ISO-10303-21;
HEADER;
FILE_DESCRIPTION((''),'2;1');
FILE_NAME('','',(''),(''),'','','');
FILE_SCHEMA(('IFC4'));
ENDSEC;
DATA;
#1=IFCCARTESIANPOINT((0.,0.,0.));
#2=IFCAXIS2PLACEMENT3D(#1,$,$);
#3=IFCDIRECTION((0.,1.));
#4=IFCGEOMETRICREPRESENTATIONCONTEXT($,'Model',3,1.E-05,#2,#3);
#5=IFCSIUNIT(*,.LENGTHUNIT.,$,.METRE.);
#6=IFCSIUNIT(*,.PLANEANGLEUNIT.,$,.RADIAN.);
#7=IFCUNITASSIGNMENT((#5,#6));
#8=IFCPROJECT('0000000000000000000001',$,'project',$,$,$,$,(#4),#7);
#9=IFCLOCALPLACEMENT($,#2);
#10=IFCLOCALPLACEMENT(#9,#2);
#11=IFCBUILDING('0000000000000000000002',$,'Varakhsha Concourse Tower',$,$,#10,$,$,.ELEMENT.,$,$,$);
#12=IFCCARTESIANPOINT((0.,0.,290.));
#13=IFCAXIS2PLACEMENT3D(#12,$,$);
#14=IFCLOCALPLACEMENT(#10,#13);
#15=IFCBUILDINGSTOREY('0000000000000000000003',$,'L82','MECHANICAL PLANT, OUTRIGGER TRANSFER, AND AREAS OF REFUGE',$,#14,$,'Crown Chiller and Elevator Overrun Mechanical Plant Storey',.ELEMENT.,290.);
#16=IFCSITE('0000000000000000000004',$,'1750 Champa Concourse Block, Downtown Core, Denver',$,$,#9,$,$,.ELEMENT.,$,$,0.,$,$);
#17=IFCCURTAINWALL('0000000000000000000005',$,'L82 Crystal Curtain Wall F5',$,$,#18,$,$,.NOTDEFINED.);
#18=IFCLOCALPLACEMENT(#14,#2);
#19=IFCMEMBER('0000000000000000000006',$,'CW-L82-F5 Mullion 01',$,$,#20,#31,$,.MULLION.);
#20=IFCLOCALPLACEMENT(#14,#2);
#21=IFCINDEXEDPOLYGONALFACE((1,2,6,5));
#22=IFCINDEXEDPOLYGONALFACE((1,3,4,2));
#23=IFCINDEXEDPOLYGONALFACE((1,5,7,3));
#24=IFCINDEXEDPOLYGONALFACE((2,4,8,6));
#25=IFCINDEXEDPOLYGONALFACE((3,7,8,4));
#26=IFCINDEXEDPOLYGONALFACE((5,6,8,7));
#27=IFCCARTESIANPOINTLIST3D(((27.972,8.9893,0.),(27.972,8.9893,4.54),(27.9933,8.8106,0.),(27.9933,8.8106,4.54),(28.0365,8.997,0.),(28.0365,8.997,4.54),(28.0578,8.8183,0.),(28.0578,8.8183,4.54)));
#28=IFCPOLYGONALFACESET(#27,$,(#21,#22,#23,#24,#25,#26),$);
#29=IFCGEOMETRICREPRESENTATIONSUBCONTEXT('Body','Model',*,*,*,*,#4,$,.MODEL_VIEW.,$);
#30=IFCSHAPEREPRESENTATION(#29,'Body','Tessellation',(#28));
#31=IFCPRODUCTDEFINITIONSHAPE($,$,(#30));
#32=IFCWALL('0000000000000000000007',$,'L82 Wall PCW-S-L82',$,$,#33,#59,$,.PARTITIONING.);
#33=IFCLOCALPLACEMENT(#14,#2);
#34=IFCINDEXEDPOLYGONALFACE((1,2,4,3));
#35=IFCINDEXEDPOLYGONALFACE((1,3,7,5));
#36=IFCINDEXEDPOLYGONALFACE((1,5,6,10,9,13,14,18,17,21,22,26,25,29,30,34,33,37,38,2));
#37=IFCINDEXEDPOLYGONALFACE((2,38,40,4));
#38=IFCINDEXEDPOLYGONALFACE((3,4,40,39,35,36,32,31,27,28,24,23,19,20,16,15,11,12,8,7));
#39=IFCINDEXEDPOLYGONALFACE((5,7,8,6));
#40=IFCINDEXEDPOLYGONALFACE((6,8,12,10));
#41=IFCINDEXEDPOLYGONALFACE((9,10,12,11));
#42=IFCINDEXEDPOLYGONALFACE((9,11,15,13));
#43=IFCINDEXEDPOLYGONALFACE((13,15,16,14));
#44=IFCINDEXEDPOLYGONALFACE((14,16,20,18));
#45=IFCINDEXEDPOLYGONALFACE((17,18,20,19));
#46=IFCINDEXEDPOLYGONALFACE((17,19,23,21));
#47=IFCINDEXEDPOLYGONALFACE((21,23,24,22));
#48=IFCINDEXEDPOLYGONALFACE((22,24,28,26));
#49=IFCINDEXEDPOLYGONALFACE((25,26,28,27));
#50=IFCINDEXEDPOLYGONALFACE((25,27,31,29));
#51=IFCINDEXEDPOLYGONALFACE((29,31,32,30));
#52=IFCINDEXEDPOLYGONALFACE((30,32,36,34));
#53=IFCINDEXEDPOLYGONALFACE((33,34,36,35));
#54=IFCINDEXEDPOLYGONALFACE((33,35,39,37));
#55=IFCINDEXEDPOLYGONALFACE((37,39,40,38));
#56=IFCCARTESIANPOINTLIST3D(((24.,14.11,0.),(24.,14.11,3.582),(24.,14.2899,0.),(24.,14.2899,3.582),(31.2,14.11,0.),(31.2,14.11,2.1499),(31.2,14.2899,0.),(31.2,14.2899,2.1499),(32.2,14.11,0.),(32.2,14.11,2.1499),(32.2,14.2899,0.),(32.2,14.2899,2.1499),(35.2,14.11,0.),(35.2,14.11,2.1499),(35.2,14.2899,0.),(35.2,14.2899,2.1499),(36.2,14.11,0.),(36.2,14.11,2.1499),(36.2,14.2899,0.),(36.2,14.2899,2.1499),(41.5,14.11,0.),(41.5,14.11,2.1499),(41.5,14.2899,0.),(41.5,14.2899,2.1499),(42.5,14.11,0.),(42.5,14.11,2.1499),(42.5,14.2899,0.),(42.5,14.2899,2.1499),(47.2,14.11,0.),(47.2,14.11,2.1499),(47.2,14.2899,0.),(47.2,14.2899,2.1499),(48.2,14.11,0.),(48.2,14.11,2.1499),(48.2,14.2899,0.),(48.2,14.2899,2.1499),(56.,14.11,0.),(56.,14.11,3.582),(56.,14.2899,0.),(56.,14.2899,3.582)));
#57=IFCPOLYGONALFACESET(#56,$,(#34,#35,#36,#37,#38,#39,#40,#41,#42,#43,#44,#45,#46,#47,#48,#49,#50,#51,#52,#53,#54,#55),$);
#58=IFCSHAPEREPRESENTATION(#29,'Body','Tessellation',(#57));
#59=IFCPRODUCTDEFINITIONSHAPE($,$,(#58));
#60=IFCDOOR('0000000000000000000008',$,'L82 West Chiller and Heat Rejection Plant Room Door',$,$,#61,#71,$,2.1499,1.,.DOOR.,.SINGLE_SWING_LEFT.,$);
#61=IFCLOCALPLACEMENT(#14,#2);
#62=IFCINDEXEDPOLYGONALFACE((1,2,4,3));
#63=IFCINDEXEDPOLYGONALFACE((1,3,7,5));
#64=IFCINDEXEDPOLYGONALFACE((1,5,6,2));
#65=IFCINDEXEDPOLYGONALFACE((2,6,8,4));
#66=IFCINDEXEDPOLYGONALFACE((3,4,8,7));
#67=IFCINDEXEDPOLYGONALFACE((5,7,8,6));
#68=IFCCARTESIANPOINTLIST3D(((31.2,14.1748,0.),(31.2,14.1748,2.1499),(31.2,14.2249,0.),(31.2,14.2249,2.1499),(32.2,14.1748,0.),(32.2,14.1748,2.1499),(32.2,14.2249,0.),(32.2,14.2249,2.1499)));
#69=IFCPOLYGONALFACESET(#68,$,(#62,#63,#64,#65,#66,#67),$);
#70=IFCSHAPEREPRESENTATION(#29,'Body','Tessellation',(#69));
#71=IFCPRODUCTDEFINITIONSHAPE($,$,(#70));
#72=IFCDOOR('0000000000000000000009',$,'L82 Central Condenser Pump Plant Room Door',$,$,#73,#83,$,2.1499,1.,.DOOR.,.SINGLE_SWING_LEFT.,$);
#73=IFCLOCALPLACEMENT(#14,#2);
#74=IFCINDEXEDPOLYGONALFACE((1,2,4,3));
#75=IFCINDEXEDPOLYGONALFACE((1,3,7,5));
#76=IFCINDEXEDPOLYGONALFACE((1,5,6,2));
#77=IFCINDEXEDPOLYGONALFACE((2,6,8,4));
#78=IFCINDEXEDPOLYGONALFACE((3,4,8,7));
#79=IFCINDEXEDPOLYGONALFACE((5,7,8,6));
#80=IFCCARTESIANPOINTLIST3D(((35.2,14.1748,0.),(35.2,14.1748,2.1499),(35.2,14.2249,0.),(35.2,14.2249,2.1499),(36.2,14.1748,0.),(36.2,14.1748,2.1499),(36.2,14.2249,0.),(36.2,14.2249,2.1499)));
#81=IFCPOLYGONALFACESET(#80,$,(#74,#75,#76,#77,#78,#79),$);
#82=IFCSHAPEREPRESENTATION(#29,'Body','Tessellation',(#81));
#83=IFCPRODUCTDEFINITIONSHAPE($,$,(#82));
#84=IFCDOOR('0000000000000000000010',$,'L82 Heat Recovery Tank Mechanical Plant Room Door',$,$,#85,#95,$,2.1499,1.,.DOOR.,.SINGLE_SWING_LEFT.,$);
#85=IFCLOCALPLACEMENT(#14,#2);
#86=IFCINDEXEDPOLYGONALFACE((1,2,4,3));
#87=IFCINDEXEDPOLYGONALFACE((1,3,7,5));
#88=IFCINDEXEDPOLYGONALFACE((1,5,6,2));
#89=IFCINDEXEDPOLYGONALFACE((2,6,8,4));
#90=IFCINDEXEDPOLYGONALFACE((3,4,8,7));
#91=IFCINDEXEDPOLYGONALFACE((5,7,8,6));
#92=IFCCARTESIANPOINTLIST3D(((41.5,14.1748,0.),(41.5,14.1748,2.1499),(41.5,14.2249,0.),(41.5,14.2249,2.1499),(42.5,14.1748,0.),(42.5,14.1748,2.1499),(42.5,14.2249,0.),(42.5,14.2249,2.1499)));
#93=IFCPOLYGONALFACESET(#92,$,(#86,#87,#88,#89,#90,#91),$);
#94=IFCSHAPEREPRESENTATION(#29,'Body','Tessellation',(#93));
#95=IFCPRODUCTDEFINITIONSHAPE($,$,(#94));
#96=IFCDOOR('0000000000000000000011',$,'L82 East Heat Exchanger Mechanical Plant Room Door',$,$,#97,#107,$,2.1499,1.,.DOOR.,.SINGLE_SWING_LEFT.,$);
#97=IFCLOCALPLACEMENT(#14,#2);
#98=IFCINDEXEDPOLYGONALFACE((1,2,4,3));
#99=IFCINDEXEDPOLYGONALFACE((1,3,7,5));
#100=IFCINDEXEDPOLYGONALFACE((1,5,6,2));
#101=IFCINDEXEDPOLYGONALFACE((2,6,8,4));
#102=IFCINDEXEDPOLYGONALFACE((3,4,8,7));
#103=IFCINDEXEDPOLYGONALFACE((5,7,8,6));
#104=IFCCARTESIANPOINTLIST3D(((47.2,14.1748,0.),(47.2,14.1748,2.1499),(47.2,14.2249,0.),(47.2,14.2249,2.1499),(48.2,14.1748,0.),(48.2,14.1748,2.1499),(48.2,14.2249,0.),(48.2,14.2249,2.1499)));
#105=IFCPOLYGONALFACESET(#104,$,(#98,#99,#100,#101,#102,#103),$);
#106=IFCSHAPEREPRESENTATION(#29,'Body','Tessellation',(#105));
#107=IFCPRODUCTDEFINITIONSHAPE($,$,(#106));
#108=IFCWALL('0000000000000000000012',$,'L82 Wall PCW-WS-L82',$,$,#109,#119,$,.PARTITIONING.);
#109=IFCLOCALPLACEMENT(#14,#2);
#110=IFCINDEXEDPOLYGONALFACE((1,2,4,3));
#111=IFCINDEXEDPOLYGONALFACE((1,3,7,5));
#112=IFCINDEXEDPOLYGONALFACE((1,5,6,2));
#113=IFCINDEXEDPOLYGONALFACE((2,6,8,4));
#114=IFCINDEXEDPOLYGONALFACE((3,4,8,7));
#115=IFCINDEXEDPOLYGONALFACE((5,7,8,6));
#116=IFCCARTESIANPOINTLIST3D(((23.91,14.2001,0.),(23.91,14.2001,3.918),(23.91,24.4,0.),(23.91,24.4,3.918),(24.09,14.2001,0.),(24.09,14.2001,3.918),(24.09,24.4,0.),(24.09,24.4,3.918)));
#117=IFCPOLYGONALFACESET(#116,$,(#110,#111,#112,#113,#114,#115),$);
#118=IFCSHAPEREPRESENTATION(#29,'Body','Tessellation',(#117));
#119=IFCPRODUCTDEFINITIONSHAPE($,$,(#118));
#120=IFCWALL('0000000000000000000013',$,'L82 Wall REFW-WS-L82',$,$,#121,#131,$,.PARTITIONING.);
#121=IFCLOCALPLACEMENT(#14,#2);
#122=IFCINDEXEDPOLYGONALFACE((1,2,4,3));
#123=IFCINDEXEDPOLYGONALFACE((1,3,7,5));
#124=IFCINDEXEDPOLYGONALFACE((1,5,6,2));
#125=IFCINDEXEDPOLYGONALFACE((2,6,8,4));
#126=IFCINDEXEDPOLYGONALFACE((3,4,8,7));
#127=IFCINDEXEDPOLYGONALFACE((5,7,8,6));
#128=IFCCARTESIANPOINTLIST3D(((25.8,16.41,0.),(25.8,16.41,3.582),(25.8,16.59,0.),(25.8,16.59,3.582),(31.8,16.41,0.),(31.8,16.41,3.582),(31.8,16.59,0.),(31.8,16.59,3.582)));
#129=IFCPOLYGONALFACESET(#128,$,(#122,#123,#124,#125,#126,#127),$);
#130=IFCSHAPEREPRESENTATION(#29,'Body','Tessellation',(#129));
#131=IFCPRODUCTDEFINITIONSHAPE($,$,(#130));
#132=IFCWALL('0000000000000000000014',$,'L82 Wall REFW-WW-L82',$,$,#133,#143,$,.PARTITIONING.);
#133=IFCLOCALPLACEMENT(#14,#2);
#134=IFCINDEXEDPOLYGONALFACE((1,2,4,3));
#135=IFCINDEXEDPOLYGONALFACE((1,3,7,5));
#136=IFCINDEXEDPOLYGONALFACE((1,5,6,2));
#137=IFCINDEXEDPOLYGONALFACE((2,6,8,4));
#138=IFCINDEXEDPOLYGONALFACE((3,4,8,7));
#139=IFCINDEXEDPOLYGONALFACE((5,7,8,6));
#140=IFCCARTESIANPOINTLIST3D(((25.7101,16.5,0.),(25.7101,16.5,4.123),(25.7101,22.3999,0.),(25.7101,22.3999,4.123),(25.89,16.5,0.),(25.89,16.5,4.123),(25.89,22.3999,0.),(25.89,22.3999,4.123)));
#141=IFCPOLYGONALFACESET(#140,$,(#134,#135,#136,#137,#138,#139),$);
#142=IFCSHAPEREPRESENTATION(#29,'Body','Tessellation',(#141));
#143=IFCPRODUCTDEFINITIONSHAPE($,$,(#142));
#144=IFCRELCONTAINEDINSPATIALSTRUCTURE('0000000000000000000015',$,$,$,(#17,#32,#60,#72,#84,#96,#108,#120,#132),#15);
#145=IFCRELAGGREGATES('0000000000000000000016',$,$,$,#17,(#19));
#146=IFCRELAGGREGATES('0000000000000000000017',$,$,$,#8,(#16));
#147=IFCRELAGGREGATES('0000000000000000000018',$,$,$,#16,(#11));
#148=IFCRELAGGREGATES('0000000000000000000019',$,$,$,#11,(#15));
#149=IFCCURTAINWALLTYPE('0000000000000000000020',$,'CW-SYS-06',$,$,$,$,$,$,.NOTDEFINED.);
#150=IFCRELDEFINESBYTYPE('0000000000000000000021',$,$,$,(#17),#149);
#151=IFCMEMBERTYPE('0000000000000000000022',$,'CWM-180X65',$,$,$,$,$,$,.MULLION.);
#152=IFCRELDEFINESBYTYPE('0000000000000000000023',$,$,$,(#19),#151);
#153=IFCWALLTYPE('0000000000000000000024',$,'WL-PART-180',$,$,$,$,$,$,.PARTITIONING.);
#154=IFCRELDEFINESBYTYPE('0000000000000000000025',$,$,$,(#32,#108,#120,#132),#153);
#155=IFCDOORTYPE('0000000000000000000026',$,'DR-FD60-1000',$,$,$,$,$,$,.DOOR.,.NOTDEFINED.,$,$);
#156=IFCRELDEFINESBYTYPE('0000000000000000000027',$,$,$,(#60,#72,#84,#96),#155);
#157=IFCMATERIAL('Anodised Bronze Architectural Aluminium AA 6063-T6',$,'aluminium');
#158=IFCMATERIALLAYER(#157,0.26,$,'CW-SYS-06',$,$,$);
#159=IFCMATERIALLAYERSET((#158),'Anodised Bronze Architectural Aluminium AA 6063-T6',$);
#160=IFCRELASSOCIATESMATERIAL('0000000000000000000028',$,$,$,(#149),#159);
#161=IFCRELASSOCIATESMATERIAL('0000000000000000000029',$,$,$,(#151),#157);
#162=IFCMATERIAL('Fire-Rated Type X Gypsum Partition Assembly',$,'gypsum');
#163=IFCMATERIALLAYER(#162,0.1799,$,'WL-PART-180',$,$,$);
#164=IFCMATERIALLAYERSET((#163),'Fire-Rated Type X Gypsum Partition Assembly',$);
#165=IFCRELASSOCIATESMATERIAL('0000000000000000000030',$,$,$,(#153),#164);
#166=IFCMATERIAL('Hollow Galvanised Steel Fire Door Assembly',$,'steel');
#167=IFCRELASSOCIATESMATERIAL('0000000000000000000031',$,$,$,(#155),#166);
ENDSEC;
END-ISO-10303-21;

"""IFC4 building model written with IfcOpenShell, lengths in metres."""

from ifc_helpers import new_model, si_unit, direction, frame, frame_2d, origin, origin_2d, place, context, subcontext, project, spatial, rectangle, extrude, source, transform, mapped, material, layer, layer_set, material_profile, profile_set, type_object, type_shapes, element, fill, aggregate, save


model = new_model("IFC4")

# Units and contexts
model_context = context("Model", 3, precision=1e-05, world=origin(), true_north=direction((0.0, 1.0)))
body_context = subcontext(model_context, "Body", "Model", "MODEL_VIEW")
ifc_project = project(units=[si_unit("LENGTHUNIT", "METRE"), si_unit("PLANEANGLEUNIT", "RADIAN")], contexts=[model_context])

# Site, building, storey
site_placement = place(None, origin())
site = spatial("IfcSite", under=ifc_project, at=site_placement, Name="1750 Champa Concourse Block, Downtown Core, Denver", CompositionType="ELEMENT", RefElevation=0.0)
building_placement = place(site_placement, origin())
building = spatial("IfcBuilding", under=site, at=building_placement, Name="Varakhsha Concourse Tower", CompositionType="ELEMENT")
storey_placement = place(building_placement, frame((0.0, 0.0, 290.0)))
storey = spatial("IfcBuildingStorey", under=building, at=storey_placement, Name="L82", Description="MECHANICAL PLANT, OUTRIGGER TRANSFER, AND AREAS OF REFUGE", LongName="Crown Chiller and Elevator Overrun Mechanical Plant Storey", CompositionType="ELEMENT", Elevation=290.0)

# Curtain wall, member
ifc_material_1 = material(Name="Anodised Bronze Architectural Aluminium AA 6063-T6", Category="aluminium")
ifc_layer_1 = layer(ifc_material_1, 0.26, Name="CW-SYS-06")
ifc_layer_set_1 = layer_set([ifc_layer_1], Name="Anodised Bronze Architectural Aluminium AA 6063-T6")
curtain_wall_type = type_object("IfcCurtainWallType", Name="CW-SYS-06", PredefinedType="NOTDEFINED", material=ifc_layer_set_1)
curtain_wall_placement = place(storey_placement, origin())
curtain_wall = element("IfcCurtainWall", 1, at=curtain_wall_placement, inside=storey, type_object=curtain_wall_type, Name="L82 Crystal Curtain Wall F5", PredefinedType="NOTDEFINED")
ifc_material_profile_1 = material_profile(ifc_material_1, rectangle(XDim=0.0649, YDim=0.1799, at=origin_2d()), Name="CWM-180X65")
ifc_profile_set_1 = profile_set([ifc_material_profile_1], Name="Anodised Bronze Architectural Aluminium AA 6063-T6")
member_type = type_object("IfcMemberType", Name="CWM-180X65", PredefinedType="MULLION", material=ifc_profile_set_1)
shared_shape = source(origin(), body_context, "Body", "SweptSolid", [
    extrude(rectangle(XDim=0.0649, YDim=0.1799, at=origin_2d()), origin(), (0.0, 0.0, 1.0), 4.54),
])
type_shapes(member_type, [shared_shape])
member_placement = place(storey_placement, frame((28.0149, 8.9038, 0.0), z_axis=(0.0, 0.0, 1.0), x_axis=(-0.992952, -0.118513, 0.0)))
member = element("IfcMember", 2, at=member_placement, type_object=member_type, Name="CW-L82-F5 Mullion 01", PredefinedType="MULLION", context=body_context, shape_type="MappedRepresentation", body=[
    mapped(shared_shape, transform((0.0, 0.0, 0.0), scale=1.0)),
])
aggregate(curtain_wall, [member])

# Wall, openings, doors
ifc_material_2 = material(Name="Fire-Rated Type X Gypsum Partition Assembly", Category="gypsum")
ifc_layer_2 = layer(ifc_material_2, 0.1799, Name="WL-PART-180")
ifc_layer_set_2 = layer_set([ifc_layer_2], Name="Fire-Rated Type X Gypsum Partition Assembly")
wall_type = type_object("IfcWallType", Name="WL-PART-180", PredefinedType="PARTITIONING", material=ifc_layer_set_2)
wall_1_placement = place(storey_placement, frame((24.0, 14.2, 0.0), z_axis=(0.0, 0.0, 1.0), x_axis=(1.0, 0.0, 0.0)))
wall_1 = element("IfcWall", 3, at=wall_1_placement, inside=storey, type_object=wall_type, Name="L82 Wall PCW-S-L82", PredefinedType="PARTITIONING", context=body_context, shape_type="SweptSolid", body=[
    extrude(rectangle(XDim=32.0, YDim=0.1799, at=frame_2d((16.0, 0.0))), origin(), (0.0, 0.0, 1.0), 3.582),
])
opening_1_placement = place(wall_1_placement, frame((7.2, 0.0, 0.0)))
opening_1 = element("IfcOpeningElement", 4, at=opening_1_placement, cuts=wall_1, PredefinedType="OPENING", context=body_context, shape_type="SweptSolid", body=[
    extrude(rectangle(XDim=1.0, YDim=2.1499, at=frame_2d((0.5, 1.075))), frame((0.0, 0.0999, 0.0), z_axis=(0.0, -1.0, 0.0), x_axis=(1.0, 0.0, 0.0)), (0.0, 0.0, 1.0), 0.2),
])
opening_2_placement = place(wall_1_placement, frame((11.2, 0.0, 0.0)))
opening_2 = element("IfcOpeningElement", 5, at=opening_2_placement, cuts=wall_1, PredefinedType="OPENING", context=body_context, shape_type="SweptSolid", body=[
    extrude(rectangle(XDim=1.0, YDim=2.1499, at=frame_2d((0.5, 1.075))), frame((0.0, 0.0999, 0.0), z_axis=(0.0, -1.0, 0.0), x_axis=(1.0, 0.0, 0.0)), (0.0, 0.0, 1.0), 0.2),
])
opening_3_placement = place(wall_1_placement, frame((17.5, 0.0, 0.0)))
opening_3 = element("IfcOpeningElement", 6, at=opening_3_placement, cuts=wall_1, PredefinedType="OPENING", context=body_context, shape_type="SweptSolid", body=[
    extrude(rectangle(XDim=1.0, YDim=2.1499, at=frame_2d((0.5, 1.075))), frame((0.0, 0.0999, 0.0), z_axis=(0.0, -1.0, 0.0), x_axis=(1.0, 0.0, 0.0)), (0.0, 0.0, 1.0), 0.2),
])
opening_4_placement = place(wall_1_placement, frame((23.2, 0.0, 0.0)))
opening_4 = element("IfcOpeningElement", 7, at=opening_4_placement, cuts=wall_1, PredefinedType="OPENING", context=body_context, shape_type="SweptSolid", body=[
    extrude(rectangle(XDim=1.0, YDim=2.1499, at=frame_2d((0.5, 1.075))), frame((0.0, 0.0999, 0.0), z_axis=(0.0, -1.0, 0.0), x_axis=(1.0, 0.0, 0.0)), (0.0, 0.0, 1.0), 0.2),
])
ifc_material_3 = material(Name="Hollow Galvanised Steel Fire Door Assembly", Category="steel")
door_type = type_object("IfcDoorType", Name="DR-FD60-1000", OperationType="NOTDEFINED", PredefinedType="DOOR", material=ifc_material_3)
door_1_placement = place(opening_1_placement, origin())
door_1 = element("IfcDoor", 8, at=door_1_placement, inside=storey, type_object=door_type, Name="L82 West Chiller and Heat Rejection Plant Room Door", OperationType="SINGLE_SWING_LEFT", OverallHeight=2.1499, OverallWidth=1.0, PredefinedType="DOOR", context=body_context, shape_type="SweptSolid", body=[
    extrude(rectangle(XDim=1.0, YDim=2.1499, at=frame_2d((0.5, 1.075))), frame((0.0, 0.0249, 0.0), z_axis=(0.0, -1.0, 0.0), x_axis=(1.0, 0.0, 0.0)), (0.0, 0.0, 1.0), 0.05),
])
fill(opening_1, door_1)
door_2_placement = place(opening_2_placement, origin())
door_2 = element("IfcDoor", 9, at=door_2_placement, inside=storey, type_object=door_type, Name="L82 Central Condenser Pump Plant Room Door", OperationType="SINGLE_SWING_LEFT", OverallHeight=2.1499, OverallWidth=1.0, PredefinedType="DOOR", context=body_context, shape_type="SweptSolid", body=[
    extrude(rectangle(XDim=1.0, YDim=2.1499, at=frame_2d((0.5, 1.075))), frame((0.0, 0.0249, 0.0), z_axis=(0.0, -1.0, 0.0), x_axis=(1.0, 0.0, 0.0)), (0.0, 0.0, 1.0), 0.05),
])
fill(opening_2, door_2)
door_3_placement = place(opening_3_placement, origin())
door_3 = element("IfcDoor", 10, at=door_3_placement, inside=storey, type_object=door_type, Name="L82 Heat Recovery Tank Mechanical Plant Room Door", OperationType="SINGLE_SWING_LEFT", OverallHeight=2.1499, OverallWidth=1.0, PredefinedType="DOOR", context=body_context, shape_type="SweptSolid", body=[
    extrude(rectangle(XDim=1.0, YDim=2.1499, at=frame_2d((0.5, 1.075))), frame((0.0, 0.0249, 0.0), z_axis=(0.0, -1.0, 0.0), x_axis=(1.0, 0.0, 0.0)), (0.0, 0.0, 1.0), 0.05),
])
fill(opening_3, door_3)
door_4_placement = place(opening_4_placement, origin())
door_4 = element("IfcDoor", 11, at=door_4_placement, inside=storey, type_object=door_type, Name="L82 East Heat Exchanger Mechanical Plant Room Door", OperationType="SINGLE_SWING_LEFT", OverallHeight=2.1499, OverallWidth=1.0, PredefinedType="DOOR", context=body_context, shape_type="SweptSolid", body=[
    extrude(rectangle(XDim=1.0, YDim=2.1499, at=frame_2d((0.5, 1.075))), frame((0.0, 0.0249, 0.0), z_axis=(0.0, -1.0, 0.0), x_axis=(1.0, 0.0, 0.0)), (0.0, 0.0, 1.0), 0.05),
])
fill(opening_4, door_4)

# Walls
wall_2_placement = place(storey_placement, frame((24.0, 14.2, 0.0), z_axis=(0.0, 0.0, 1.0), x_axis=(0.0, 1.0, 0.0)))
element("IfcWall", 12, at=wall_2_placement, inside=storey, type_object=wall_type, Name="L82 Wall PCW-WS-L82", PredefinedType="PARTITIONING", context=body_context, shape_type="SweptSolid", body=[
    extrude(rectangle(XDim=10.2, YDim=0.1799, at=frame_2d((5.1001, 0.0))), origin(), (0.0, 0.0, 1.0), 3.918),
])
wall_3_placement = place(storey_placement, frame((25.8, 16.5, 0.0), z_axis=(0.0, 0.0, 1.0), x_axis=(1.0, 0.0, 0.0)))
element("IfcWall", 13, at=wall_3_placement, inside=storey, type_object=wall_type, Name="L82 Wall REFW-WS-L82", PredefinedType="PARTITIONING", context=body_context, shape_type="SweptSolid", body=[
    extrude(rectangle(XDim=6.0, YDim=0.1799, at=frame_2d((3.0, 0.0))), origin(), (0.0, 0.0, 1.0), 3.582),
])
wall_4_placement = place(storey_placement, frame((25.8, 16.5, 0.0), z_axis=(0.0, 0.0, 1.0), x_axis=(0.0, 1.0, 0.0)))
element("IfcWall", 14, at=wall_4_placement, inside=storey, type_object=wall_type, Name="L82 Wall REFW-WW-L82", PredefinedType="PARTITIONING", context=body_context, shape_type="SweptSolid", body=[
    extrude(rectangle(XDim=5.8999, YDim=0.1799, at=frame_2d((2.95, 0.0))), origin(), (0.0, 0.0, 1.0), 4.123),
])

save(model, "model.ifc")
